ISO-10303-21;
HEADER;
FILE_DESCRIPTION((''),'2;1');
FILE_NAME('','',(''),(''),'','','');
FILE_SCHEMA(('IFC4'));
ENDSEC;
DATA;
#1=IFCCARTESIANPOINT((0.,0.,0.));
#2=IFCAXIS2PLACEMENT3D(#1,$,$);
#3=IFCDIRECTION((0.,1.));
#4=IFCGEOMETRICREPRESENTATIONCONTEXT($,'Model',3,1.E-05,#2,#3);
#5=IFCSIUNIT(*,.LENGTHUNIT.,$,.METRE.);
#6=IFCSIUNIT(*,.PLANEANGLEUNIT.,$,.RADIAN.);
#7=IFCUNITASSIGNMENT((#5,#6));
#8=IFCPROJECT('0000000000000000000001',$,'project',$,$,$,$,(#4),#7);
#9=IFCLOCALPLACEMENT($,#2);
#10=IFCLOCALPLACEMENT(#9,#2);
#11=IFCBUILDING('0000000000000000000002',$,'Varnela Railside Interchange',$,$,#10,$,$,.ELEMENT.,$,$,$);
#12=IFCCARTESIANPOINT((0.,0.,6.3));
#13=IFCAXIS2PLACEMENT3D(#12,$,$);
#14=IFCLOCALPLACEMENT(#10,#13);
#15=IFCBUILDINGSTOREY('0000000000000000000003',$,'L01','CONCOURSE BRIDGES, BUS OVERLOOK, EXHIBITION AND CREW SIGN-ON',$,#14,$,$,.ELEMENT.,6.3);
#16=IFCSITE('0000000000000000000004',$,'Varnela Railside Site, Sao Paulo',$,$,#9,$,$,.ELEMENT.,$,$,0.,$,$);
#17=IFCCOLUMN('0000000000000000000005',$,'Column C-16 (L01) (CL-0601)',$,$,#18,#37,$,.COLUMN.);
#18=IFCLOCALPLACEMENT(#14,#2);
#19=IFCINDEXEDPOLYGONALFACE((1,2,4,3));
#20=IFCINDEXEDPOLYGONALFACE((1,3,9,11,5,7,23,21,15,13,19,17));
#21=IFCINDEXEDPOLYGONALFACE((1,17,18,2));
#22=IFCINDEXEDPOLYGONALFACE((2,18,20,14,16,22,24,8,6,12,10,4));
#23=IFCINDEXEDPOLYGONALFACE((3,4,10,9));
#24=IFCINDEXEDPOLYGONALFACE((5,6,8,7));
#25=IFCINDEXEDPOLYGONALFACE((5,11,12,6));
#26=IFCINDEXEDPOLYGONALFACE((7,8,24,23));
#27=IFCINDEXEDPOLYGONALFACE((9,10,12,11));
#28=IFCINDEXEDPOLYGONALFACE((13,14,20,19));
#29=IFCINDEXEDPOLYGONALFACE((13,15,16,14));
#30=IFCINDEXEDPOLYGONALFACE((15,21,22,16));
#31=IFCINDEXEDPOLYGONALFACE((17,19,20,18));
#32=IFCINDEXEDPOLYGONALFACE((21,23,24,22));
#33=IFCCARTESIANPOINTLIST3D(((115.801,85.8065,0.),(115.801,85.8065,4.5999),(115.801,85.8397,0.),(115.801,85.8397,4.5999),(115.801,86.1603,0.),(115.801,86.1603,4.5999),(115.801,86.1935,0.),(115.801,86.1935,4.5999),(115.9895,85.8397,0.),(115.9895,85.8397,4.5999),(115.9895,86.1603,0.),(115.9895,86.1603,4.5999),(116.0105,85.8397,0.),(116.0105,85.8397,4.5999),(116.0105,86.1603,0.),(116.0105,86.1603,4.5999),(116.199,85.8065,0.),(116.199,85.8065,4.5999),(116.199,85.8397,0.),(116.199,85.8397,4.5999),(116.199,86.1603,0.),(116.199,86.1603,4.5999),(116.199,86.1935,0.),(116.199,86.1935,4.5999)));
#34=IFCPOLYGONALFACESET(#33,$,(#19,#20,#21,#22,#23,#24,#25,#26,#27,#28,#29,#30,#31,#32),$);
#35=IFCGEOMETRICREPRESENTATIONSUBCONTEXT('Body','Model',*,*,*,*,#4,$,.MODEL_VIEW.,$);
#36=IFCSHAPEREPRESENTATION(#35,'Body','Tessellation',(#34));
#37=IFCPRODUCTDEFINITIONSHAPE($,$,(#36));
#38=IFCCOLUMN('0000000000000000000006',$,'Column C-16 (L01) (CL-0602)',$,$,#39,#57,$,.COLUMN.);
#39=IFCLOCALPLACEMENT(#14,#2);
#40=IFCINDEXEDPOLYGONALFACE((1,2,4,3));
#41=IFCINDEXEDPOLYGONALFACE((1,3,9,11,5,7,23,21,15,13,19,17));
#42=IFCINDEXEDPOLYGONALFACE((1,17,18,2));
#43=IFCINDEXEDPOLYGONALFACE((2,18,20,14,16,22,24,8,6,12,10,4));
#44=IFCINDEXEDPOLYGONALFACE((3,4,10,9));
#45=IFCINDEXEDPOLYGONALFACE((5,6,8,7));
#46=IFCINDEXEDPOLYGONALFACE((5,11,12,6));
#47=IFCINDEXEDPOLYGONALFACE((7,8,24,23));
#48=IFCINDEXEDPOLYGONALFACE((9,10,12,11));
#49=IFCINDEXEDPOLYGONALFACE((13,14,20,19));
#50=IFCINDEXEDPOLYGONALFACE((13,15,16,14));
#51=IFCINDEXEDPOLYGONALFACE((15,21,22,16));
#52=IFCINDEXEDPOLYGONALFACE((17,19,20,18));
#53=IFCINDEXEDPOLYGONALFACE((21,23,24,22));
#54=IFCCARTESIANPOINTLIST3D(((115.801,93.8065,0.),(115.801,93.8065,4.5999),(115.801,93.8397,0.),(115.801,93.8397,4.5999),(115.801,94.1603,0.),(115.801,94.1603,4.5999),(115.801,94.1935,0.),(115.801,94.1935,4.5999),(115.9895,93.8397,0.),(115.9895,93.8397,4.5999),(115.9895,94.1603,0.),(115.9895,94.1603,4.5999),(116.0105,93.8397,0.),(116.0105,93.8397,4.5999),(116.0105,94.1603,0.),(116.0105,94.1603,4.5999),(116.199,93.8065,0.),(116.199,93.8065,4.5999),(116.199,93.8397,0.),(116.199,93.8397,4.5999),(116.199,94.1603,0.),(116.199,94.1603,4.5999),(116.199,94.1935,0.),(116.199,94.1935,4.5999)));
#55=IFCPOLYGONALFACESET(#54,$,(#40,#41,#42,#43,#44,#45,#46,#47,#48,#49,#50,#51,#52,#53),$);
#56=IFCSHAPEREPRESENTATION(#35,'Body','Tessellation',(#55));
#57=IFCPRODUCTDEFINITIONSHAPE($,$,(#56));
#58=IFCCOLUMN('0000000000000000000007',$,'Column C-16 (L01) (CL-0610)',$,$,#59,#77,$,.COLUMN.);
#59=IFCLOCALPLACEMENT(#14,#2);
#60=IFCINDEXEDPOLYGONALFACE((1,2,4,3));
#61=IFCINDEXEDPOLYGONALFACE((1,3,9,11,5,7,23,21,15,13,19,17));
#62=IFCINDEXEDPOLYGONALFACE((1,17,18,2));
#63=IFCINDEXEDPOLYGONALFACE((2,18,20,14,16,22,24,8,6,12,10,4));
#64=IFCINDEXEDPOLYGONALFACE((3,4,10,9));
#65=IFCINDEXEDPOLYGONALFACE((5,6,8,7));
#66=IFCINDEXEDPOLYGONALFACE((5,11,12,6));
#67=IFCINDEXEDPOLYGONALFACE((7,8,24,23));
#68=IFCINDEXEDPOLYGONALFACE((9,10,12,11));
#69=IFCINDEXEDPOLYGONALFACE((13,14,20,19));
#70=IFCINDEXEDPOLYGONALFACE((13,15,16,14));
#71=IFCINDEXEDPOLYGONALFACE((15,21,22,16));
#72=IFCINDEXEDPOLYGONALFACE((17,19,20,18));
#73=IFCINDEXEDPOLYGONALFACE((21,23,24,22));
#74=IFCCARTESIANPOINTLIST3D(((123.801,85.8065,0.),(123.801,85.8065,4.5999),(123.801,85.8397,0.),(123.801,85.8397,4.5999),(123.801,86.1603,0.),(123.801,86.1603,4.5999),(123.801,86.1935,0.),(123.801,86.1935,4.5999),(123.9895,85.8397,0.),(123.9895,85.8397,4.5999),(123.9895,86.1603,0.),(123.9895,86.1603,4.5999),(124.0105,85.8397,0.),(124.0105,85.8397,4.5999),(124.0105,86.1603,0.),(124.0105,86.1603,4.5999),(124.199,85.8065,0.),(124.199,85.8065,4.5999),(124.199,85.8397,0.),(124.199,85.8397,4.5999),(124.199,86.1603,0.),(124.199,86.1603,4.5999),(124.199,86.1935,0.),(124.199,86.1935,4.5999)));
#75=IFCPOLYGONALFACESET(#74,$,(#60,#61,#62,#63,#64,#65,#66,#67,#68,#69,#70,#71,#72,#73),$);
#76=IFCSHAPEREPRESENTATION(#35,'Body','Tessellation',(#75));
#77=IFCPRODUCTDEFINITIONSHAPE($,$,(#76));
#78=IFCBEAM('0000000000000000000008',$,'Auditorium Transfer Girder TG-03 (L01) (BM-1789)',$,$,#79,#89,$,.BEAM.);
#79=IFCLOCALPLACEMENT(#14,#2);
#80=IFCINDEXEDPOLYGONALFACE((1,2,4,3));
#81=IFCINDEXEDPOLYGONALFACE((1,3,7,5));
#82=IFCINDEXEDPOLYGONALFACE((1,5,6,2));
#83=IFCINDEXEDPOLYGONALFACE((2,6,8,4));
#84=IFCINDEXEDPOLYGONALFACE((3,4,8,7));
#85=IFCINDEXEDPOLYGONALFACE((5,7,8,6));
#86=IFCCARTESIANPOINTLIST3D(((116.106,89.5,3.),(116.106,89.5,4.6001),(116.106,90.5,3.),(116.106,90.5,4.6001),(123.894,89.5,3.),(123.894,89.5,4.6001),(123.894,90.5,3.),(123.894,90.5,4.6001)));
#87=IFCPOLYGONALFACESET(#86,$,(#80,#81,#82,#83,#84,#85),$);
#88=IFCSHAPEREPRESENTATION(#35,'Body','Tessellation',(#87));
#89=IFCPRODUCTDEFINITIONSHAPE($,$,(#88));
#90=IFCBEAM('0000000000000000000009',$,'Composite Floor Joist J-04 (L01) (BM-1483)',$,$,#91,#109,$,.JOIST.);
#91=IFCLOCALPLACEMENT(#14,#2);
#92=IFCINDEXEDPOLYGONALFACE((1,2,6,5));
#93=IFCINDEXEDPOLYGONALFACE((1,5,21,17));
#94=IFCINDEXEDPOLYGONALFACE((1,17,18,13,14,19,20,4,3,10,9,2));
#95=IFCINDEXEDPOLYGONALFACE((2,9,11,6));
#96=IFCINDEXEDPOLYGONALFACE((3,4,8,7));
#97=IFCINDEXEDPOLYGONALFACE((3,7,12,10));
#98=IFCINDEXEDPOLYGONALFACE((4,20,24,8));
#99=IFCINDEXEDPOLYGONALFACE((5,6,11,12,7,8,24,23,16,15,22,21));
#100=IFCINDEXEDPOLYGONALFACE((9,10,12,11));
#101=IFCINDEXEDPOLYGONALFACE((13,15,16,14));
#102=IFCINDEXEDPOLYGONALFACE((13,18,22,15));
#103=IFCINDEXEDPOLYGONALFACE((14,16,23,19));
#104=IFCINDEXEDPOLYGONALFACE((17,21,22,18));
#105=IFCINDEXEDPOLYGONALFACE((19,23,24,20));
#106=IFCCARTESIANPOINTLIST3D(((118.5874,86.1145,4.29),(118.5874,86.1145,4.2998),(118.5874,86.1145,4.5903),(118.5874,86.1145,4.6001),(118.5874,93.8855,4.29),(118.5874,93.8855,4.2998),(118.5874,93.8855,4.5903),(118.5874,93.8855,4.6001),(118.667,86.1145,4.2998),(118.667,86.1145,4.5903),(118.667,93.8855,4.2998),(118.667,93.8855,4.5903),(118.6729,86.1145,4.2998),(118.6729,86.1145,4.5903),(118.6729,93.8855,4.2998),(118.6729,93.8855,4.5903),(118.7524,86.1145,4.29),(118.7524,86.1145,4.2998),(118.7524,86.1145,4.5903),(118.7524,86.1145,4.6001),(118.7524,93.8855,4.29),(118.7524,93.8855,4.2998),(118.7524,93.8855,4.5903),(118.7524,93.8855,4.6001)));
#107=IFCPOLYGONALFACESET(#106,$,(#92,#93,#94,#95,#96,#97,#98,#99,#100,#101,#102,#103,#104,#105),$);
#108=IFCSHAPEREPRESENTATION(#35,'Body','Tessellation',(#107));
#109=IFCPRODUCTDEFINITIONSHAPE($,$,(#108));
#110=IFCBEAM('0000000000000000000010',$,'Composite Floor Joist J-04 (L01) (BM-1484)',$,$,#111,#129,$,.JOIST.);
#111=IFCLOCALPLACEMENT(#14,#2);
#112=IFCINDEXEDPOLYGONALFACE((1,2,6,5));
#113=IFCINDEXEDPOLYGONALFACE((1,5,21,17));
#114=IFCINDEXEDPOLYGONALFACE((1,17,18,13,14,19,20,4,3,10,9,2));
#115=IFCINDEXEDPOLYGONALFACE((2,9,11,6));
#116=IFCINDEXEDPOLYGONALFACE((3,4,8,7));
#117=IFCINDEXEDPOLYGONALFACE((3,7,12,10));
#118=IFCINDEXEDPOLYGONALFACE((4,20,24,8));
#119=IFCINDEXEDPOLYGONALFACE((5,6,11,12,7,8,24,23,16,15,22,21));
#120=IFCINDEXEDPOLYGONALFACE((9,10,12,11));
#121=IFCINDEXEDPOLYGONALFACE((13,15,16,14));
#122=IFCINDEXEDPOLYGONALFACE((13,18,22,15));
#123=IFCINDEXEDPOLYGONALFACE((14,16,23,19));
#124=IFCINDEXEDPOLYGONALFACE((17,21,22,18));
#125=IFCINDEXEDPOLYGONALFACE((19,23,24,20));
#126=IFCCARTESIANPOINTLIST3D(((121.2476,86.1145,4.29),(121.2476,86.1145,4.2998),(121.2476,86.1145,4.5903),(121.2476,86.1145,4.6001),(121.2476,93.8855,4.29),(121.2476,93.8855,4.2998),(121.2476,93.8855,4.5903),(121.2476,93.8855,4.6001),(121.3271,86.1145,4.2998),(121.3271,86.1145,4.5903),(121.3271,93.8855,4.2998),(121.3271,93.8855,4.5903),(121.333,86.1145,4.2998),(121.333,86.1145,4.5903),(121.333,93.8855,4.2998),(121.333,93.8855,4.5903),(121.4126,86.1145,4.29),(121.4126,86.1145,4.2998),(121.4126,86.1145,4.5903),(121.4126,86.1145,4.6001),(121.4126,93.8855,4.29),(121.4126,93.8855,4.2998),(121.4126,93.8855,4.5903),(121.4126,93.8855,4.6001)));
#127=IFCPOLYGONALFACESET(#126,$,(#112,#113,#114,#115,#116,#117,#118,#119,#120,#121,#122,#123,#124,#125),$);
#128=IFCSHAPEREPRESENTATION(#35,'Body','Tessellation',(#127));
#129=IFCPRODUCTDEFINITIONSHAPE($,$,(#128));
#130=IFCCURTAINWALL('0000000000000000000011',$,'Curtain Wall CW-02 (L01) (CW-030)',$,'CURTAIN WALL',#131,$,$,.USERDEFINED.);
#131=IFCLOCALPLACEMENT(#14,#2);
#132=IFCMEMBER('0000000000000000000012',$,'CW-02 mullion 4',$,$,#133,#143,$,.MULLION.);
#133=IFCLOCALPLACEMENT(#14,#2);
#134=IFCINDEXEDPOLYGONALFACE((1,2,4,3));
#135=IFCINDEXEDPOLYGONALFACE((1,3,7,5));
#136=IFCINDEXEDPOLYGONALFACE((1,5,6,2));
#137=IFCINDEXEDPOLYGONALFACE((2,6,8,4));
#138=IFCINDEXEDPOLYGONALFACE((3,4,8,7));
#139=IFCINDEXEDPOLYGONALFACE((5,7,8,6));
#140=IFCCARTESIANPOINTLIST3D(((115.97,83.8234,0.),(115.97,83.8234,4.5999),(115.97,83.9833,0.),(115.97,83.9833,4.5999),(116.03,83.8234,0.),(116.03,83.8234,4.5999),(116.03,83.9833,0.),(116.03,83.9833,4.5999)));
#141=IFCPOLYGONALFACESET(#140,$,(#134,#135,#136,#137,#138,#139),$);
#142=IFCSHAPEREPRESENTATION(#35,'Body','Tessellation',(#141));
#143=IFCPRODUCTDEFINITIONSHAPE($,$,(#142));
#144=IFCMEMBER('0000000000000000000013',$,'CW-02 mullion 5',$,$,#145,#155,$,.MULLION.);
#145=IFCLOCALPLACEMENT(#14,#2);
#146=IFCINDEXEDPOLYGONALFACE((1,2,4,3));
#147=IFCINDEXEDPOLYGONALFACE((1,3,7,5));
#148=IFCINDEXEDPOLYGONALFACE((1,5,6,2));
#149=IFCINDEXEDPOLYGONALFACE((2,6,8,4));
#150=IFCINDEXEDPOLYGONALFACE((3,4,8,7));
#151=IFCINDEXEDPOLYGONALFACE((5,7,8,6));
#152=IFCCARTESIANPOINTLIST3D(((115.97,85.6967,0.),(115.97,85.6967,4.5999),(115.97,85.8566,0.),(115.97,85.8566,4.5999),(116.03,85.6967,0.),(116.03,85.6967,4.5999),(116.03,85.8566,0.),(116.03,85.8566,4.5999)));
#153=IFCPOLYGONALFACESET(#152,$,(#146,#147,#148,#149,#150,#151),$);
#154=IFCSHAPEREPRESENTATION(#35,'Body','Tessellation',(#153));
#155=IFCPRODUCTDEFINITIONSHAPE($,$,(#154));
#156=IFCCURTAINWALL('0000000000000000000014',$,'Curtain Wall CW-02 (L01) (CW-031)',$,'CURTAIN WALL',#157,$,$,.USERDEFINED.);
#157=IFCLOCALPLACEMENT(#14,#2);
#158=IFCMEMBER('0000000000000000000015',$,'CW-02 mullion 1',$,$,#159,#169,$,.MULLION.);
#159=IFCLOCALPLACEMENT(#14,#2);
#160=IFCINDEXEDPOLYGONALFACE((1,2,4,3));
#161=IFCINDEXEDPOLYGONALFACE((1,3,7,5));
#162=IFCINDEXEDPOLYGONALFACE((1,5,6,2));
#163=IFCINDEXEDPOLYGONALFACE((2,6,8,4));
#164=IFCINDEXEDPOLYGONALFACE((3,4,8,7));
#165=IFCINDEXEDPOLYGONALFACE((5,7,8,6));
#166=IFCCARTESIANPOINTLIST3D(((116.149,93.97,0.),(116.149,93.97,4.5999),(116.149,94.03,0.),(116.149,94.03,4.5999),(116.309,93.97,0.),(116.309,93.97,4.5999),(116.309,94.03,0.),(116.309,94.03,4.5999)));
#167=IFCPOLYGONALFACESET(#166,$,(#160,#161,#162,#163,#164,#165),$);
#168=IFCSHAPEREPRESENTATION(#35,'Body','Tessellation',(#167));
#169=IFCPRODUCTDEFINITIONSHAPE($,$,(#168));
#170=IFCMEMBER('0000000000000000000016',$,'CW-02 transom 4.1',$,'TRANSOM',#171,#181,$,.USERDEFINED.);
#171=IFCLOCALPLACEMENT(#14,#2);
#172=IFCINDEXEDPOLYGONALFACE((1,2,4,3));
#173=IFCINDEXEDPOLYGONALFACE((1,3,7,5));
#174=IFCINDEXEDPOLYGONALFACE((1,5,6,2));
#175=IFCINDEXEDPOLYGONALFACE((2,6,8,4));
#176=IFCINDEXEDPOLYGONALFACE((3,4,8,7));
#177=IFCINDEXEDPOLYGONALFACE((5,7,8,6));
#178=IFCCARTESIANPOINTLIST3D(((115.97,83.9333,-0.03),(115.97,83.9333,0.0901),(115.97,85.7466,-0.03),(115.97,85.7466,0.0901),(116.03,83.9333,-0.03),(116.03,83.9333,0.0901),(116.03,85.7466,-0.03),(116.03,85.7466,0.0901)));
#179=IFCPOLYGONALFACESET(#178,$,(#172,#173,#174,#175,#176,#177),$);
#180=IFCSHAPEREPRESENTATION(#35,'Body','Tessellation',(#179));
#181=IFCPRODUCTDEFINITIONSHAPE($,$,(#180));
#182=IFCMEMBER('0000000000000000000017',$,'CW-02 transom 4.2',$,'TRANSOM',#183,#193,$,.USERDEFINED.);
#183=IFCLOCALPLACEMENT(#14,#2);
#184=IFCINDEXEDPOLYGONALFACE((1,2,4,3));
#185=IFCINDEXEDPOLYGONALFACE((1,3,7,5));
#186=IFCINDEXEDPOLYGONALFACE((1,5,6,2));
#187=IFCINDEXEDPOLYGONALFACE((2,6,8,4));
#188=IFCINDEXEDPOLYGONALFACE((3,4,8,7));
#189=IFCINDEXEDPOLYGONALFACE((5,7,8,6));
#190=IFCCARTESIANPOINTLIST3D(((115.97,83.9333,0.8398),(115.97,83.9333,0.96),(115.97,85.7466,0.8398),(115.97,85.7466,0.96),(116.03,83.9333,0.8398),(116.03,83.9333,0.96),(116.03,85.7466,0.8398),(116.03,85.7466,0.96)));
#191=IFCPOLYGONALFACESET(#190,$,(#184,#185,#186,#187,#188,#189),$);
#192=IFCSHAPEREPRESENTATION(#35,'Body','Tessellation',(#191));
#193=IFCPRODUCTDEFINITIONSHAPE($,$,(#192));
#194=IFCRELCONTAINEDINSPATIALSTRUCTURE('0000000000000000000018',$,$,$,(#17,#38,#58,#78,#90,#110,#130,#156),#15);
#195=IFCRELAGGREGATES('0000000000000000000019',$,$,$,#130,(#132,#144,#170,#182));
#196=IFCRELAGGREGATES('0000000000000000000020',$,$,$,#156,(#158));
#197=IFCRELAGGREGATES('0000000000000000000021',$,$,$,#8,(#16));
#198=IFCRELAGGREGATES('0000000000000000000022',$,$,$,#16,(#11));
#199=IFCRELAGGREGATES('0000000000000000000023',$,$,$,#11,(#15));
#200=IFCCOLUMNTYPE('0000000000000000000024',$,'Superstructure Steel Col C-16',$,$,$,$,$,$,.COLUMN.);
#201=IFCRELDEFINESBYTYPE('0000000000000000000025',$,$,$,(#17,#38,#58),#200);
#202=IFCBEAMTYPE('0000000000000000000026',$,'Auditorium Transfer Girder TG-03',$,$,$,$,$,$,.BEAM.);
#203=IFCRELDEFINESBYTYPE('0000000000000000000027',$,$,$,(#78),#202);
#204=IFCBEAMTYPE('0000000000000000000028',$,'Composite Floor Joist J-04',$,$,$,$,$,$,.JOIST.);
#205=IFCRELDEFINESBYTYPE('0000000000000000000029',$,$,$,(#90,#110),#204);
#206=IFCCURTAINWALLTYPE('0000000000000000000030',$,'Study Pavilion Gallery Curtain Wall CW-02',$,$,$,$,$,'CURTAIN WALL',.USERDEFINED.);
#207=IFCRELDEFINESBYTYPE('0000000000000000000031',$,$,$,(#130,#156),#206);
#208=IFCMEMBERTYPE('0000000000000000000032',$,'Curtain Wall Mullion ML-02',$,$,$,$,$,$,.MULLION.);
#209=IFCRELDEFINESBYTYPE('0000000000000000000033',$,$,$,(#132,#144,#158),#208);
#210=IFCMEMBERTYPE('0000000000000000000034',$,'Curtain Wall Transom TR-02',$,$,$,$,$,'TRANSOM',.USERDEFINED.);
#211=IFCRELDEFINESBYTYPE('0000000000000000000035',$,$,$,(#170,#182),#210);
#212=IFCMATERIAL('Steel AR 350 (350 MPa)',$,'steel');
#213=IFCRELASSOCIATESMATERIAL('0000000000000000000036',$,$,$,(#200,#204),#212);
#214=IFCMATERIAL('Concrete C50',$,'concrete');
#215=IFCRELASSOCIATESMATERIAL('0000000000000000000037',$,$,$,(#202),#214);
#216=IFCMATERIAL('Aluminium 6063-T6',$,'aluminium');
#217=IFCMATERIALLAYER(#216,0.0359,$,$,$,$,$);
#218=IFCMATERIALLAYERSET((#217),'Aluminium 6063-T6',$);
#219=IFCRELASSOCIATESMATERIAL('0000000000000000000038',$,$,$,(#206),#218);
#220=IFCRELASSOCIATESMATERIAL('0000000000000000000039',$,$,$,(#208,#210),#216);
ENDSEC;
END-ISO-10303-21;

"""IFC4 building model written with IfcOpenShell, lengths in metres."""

from ifc_helpers import new_model, si_unit, direction, frame, origin, origin_2d, place, context, subcontext, project, spatial, rectangle, i_section, extrude, material, layer, layer_set, material_profile, profile_set, type_object, element, aggregate, save


model = new_model("IFC4")

# Units and contexts
model_context = context("Model", 3, precision=1e-05, world=origin(), true_north=direction((0.0, 1.0)))
body_context = subcontext(model_context, "Body", "Model", "MODEL_VIEW")
ifc_project = project(units=[si_unit("LENGTHUNIT", "METRE"), si_unit("PLANEANGLEUNIT", "RADIAN")], contexts=[model_context])

# Site, building, storey
site_placement = place(None, origin())
site = spatial("IfcSite", under=ifc_project, at=site_placement, Name="Varnela Railside Site, Sao Paulo", CompositionType="ELEMENT", RefElevation=0.0)
building_placement = place(site_placement, origin())
building = spatial("IfcBuilding", under=site, at=building_placement, Name="Varnela Railside Interchange", CompositionType="ELEMENT")
storey_placement = place(building_placement, frame((0.0, 0.0, 6.3)))
storey = spatial("IfcBuildingStorey", under=building, at=storey_placement, Name="L01", Description="CONCOURSE BRIDGES, BUS OVERLOOK, EXHIBITION AND CREW SIGN-ON", CompositionType="ELEMENT", Elevation=6.3)

# Columns
ifc_material_1 = material(Name="Steel AR 350 (350 MPa)", Category="steel")
ifc_material_profile_1 = material_profile(ifc_material_1, i_section(OverallWidth=0.3979, OverallDepth=0.387, WebThickness=0.021, FlangeThickness=0.0332, at=origin_2d()), Name="W360x262")
ifc_profile_set_1 = profile_set([ifc_material_profile_1], Name="Steel AR 350 (350 MPa)")
column_type = type_object("IfcColumnType", Name="Superstructure Steel Col C-16", PredefinedType="COLUMN", material=ifc_profile_set_1)
for number, where, z_axis, x_axis, name in (
    (1, (116.0, 86.0, 0.0), (0.0, 0.0, 1.0), (1.0, 0.0, 0.0), "Column C-16 (L01) (CL-0601)"),
    (2, (116.0, 94.0, 0.0), (0.0, 0.0, 1.0), (1.0, 0.0, 0.0), "Column C-16 (L01) (CL-0602)"),
    (3, (124.0, 86.0, 0.0), (0.0, 0.0, 1.0), (1.0, 0.0, 0.0), "Column C-16 (L01) (CL-0610)"),
):
    element("IfcColumn", number, at=place(storey_placement, frame(where, z_axis=z_axis, x_axis=x_axis)), inside=storey, type_object=column_type, Name=name, PredefinedType="COLUMN", context=body_context, shape_type="SweptSolid", body=[
        extrude(i_section(OverallWidth=0.3979, OverallDepth=0.387, WebThickness=0.021, FlangeThickness=0.0332, at=origin_2d()), origin(), (0.0, 0.0, 1.0), 4.5999),
    ])

# Beams
ifc_material_2 = material(Name="Concrete C50", Category="concrete")
ifc_material_profile_2 = material_profile(ifc_material_2, rectangle(XDim=1.0, YDim=1.6001, at=origin_2d()), Name="RC 1000x1600")
ifc_profile_set_2 = profile_set([ifc_material_profile_2], Name="Concrete C50")
beam_type_1 = type_object("IfcBeamType", Name="Auditorium Transfer Girder TG-03", PredefinedType="BEAM", material=ifc_profile_set_2)
beam_placement = place(storey_placement, frame((116.106, 90.0, 3.8), z_axis=(1.0, 0.0, 0.0), x_axis=(0.0, 1.0, 0.0)))
element("IfcBeam", 4, at=beam_placement, inside=storey, type_object=beam_type_1, Name="Auditorium Transfer Girder TG-03 (L01) (BM-1789)", PredefinedType="BEAM", context=body_context, shape_type="SweptSolid", body=[
    extrude(rectangle(XDim=1.0, YDim=1.6001, at=origin_2d()), origin(), (0.0, 0.0, 1.0), 7.7881),
])
ifc_material_profile_3 = material_profile(ifc_material_1, i_section(OverallWidth=0.165, OverallDepth=0.3101, WebThickness=0.0059, FlangeThickness=0.0098, at=origin_2d()), Name="W310x38.7")
ifc_profile_set_3 = profile_set([ifc_material_profile_3], Name="Steel AR 350 (350 MPa)")
beam_type_2 = type_object("IfcBeamType", Name="Composite Floor Joist J-04", PredefinedType="JOIST", material=ifc_profile_set_3)
for number, where, z_axis, x_axis, name in (
    (5, (118.6699, 86.1145, 4.4451), (0.0, 1.0, 0.0), (-1.0, 0.0, 0.0), "Composite Floor Joist J-04 (L01) (BM-1483)"),
    (6, (121.3301, 86.1145, 4.4451), (0.0, 1.0, 0.0), (-1.0, 0.0, 0.0), "Composite Floor Joist J-04 (L01) (BM-1484)"),
):
    element("IfcBeam", number, at=place(storey_placement, frame(where, z_axis=z_axis, x_axis=x_axis)), inside=storey, type_object=beam_type_2, Name=name, PredefinedType="JOIST", context=body_context, shape_type="SweptSolid", body=[
        extrude(i_section(OverallWidth=0.165, OverallDepth=0.3101, WebThickness=0.0059, FlangeThickness=0.0098, at=origin_2d()), origin(), (0.0, 0.0, 1.0), 7.771),
    ])

# Curtain wall, members
ifc_material_3 = material(Name="Aluminium 6063-T6", Category="aluminium")
ifc_layer_1 = layer(ifc_material_3, 0.0359)
ifc_layer_set_1 = layer_set([ifc_layer_1], Name="Aluminium 6063-T6")
curtain_wall_type = type_object("IfcCurtainWallType", Name="Study Pavilion Gallery Curtain Wall CW-02", ElementType="CURTAIN WALL", PredefinedType="USERDEFINED", material=ifc_layer_set_1)
curtain_wall_1_placement = place(storey_placement, origin())
curtain_wall_1 = element("IfcCurtainWall", 7, at=curtain_wall_1_placement, inside=storey, type_object=curtain_wall_type, Name="Curtain Wall CW-02 (L01) (CW-030)", ObjectType="CURTAIN WALL", PredefinedType="USERDEFINED")
ifc_material_profile_4 = material_profile(ifc_material_3, rectangle(XDim=0.0601, YDim=0.1599, at=origin_2d()), Name="ALU 60x160")
ifc_profile_set_4 = profile_set([ifc_material_profile_4], Name="Aluminium 6063-T6")
member_type_1 = type_object("IfcMemberType", Name="Curtain Wall Mullion ML-02", PredefinedType="MULLION", material=ifc_profile_set_4)
member_1_placement = place(storey_placement, frame((116.0, 83.9033, 0.0), z_axis=(0.0, 0.0, 1.0), x_axis=(-1.0, 0.0, 0.0)))
member_1 = element("IfcMember", 8, at=member_1_placement, type_object=member_type_1, Name="CW-02 mullion 4", PredefinedType="MULLION", context=body_context, shape_type="SweptSolid", body=[
    extrude(rectangle(XDim=0.0601, YDim=0.1599, at=origin_2d()), origin(), (0.0, 0.0, 1.0), 4.5999),
])
member_2_placement = place(storey_placement, frame((116.0, 85.7766, 0.0), z_axis=(0.0, 0.0, 1.0), x_axis=(-1.0, 0.0, 0.0)))
member_2 = element("IfcMember", 9, at=member_2_placement, type_object=member_type_1, Name="CW-02 mullion 5", PredefinedType="MULLION", context=body_context, shape_type="SweptSolid", body=[
    extrude(rectangle(XDim=0.0601, YDim=0.1599, at=origin_2d()), origin(), (0.0, 0.0, 1.0), 4.5999),
])

# Curtain wall, member
curtain_wall_2_placement = place(storey_placement, origin())
curtain_wall_2 = element("IfcCurtainWall", 10, at=curtain_wall_2_placement, inside=storey, type_object=curtain_wall_type, Name="Curtain Wall CW-02 (L01) (CW-031)", ObjectType="CURTAIN WALL", PredefinedType="USERDEFINED")
member_3_placement = place(storey_placement, frame((116.229, 94.0, 0.0), z_axis=(0.0, 0.0, 1.0), x_axis=(0.0, 1.0, 0.0)))
member_3 = element("IfcMember", 11, at=member_3_placement, type_object=member_type_1, Name="CW-02 mullion 1", PredefinedType="MULLION", context=body_context, shape_type="SweptSolid", body=[
    extrude(rectangle(XDim=0.0601, YDim=0.1599, at=origin_2d()), origin(), (0.0, 0.0, 1.0), 4.5999),
])

# Members
ifc_material_profile_5 = material_profile(ifc_material_3, rectangle(XDim=0.0601, YDim=0.1201, at=origin_2d()), Name="ALU 60x120")
ifc_profile_set_5 = profile_set([ifc_material_profile_5], Name="Aluminium 6063-T6")
member_type_2 = type_object("IfcMemberType", Name="Curtain Wall Transom TR-02", ElementType="TRANSOM", PredefinedType="USERDEFINED", material=ifc_profile_set_5)
member_4_placement = place(storey_placement, frame((116.0, 83.9333, 0.03), z_axis=(0.0, 1.0, 0.0), x_axis=(-1.0, 0.0, 0.0)))
member_4 = element("IfcMember", 12, at=member_4_placement, type_object=member_type_2, Name="CW-02 transom 4.1", ObjectType="TRANSOM", PredefinedType="USERDEFINED", context=body_context, shape_type="SweptSolid", body=[
    extrude(rectangle(XDim=0.0601, YDim=0.1201, at=origin_2d()), origin(), (0.0, 0.0, 1.0), 1.8132),
])
member_5_placement = place(storey_placement, frame((116.0, 83.9333, 0.8999), z_axis=(0.0, 1.0, 0.0), x_axis=(-1.0, 0.0, 0.0)))
member_5 = element("IfcMember", 13, at=member_5_placement, type_object=member_type_2, Name="CW-02 transom 4.2", ObjectType="TRANSOM", PredefinedType="USERDEFINED", context=body_context, shape_type="SweptSolid", body=[
    extrude(rectangle(XDim=0.0601, YDim=0.1201, at=origin_2d()), origin(), (0.0, 0.0, 1.0), 1.8132),
])

aggregate(curtain_wall_1, [member_1, member_2, member_4, member_5])
aggregate(curtain_wall_2, [member_3])

save(model, "model.ifc")
